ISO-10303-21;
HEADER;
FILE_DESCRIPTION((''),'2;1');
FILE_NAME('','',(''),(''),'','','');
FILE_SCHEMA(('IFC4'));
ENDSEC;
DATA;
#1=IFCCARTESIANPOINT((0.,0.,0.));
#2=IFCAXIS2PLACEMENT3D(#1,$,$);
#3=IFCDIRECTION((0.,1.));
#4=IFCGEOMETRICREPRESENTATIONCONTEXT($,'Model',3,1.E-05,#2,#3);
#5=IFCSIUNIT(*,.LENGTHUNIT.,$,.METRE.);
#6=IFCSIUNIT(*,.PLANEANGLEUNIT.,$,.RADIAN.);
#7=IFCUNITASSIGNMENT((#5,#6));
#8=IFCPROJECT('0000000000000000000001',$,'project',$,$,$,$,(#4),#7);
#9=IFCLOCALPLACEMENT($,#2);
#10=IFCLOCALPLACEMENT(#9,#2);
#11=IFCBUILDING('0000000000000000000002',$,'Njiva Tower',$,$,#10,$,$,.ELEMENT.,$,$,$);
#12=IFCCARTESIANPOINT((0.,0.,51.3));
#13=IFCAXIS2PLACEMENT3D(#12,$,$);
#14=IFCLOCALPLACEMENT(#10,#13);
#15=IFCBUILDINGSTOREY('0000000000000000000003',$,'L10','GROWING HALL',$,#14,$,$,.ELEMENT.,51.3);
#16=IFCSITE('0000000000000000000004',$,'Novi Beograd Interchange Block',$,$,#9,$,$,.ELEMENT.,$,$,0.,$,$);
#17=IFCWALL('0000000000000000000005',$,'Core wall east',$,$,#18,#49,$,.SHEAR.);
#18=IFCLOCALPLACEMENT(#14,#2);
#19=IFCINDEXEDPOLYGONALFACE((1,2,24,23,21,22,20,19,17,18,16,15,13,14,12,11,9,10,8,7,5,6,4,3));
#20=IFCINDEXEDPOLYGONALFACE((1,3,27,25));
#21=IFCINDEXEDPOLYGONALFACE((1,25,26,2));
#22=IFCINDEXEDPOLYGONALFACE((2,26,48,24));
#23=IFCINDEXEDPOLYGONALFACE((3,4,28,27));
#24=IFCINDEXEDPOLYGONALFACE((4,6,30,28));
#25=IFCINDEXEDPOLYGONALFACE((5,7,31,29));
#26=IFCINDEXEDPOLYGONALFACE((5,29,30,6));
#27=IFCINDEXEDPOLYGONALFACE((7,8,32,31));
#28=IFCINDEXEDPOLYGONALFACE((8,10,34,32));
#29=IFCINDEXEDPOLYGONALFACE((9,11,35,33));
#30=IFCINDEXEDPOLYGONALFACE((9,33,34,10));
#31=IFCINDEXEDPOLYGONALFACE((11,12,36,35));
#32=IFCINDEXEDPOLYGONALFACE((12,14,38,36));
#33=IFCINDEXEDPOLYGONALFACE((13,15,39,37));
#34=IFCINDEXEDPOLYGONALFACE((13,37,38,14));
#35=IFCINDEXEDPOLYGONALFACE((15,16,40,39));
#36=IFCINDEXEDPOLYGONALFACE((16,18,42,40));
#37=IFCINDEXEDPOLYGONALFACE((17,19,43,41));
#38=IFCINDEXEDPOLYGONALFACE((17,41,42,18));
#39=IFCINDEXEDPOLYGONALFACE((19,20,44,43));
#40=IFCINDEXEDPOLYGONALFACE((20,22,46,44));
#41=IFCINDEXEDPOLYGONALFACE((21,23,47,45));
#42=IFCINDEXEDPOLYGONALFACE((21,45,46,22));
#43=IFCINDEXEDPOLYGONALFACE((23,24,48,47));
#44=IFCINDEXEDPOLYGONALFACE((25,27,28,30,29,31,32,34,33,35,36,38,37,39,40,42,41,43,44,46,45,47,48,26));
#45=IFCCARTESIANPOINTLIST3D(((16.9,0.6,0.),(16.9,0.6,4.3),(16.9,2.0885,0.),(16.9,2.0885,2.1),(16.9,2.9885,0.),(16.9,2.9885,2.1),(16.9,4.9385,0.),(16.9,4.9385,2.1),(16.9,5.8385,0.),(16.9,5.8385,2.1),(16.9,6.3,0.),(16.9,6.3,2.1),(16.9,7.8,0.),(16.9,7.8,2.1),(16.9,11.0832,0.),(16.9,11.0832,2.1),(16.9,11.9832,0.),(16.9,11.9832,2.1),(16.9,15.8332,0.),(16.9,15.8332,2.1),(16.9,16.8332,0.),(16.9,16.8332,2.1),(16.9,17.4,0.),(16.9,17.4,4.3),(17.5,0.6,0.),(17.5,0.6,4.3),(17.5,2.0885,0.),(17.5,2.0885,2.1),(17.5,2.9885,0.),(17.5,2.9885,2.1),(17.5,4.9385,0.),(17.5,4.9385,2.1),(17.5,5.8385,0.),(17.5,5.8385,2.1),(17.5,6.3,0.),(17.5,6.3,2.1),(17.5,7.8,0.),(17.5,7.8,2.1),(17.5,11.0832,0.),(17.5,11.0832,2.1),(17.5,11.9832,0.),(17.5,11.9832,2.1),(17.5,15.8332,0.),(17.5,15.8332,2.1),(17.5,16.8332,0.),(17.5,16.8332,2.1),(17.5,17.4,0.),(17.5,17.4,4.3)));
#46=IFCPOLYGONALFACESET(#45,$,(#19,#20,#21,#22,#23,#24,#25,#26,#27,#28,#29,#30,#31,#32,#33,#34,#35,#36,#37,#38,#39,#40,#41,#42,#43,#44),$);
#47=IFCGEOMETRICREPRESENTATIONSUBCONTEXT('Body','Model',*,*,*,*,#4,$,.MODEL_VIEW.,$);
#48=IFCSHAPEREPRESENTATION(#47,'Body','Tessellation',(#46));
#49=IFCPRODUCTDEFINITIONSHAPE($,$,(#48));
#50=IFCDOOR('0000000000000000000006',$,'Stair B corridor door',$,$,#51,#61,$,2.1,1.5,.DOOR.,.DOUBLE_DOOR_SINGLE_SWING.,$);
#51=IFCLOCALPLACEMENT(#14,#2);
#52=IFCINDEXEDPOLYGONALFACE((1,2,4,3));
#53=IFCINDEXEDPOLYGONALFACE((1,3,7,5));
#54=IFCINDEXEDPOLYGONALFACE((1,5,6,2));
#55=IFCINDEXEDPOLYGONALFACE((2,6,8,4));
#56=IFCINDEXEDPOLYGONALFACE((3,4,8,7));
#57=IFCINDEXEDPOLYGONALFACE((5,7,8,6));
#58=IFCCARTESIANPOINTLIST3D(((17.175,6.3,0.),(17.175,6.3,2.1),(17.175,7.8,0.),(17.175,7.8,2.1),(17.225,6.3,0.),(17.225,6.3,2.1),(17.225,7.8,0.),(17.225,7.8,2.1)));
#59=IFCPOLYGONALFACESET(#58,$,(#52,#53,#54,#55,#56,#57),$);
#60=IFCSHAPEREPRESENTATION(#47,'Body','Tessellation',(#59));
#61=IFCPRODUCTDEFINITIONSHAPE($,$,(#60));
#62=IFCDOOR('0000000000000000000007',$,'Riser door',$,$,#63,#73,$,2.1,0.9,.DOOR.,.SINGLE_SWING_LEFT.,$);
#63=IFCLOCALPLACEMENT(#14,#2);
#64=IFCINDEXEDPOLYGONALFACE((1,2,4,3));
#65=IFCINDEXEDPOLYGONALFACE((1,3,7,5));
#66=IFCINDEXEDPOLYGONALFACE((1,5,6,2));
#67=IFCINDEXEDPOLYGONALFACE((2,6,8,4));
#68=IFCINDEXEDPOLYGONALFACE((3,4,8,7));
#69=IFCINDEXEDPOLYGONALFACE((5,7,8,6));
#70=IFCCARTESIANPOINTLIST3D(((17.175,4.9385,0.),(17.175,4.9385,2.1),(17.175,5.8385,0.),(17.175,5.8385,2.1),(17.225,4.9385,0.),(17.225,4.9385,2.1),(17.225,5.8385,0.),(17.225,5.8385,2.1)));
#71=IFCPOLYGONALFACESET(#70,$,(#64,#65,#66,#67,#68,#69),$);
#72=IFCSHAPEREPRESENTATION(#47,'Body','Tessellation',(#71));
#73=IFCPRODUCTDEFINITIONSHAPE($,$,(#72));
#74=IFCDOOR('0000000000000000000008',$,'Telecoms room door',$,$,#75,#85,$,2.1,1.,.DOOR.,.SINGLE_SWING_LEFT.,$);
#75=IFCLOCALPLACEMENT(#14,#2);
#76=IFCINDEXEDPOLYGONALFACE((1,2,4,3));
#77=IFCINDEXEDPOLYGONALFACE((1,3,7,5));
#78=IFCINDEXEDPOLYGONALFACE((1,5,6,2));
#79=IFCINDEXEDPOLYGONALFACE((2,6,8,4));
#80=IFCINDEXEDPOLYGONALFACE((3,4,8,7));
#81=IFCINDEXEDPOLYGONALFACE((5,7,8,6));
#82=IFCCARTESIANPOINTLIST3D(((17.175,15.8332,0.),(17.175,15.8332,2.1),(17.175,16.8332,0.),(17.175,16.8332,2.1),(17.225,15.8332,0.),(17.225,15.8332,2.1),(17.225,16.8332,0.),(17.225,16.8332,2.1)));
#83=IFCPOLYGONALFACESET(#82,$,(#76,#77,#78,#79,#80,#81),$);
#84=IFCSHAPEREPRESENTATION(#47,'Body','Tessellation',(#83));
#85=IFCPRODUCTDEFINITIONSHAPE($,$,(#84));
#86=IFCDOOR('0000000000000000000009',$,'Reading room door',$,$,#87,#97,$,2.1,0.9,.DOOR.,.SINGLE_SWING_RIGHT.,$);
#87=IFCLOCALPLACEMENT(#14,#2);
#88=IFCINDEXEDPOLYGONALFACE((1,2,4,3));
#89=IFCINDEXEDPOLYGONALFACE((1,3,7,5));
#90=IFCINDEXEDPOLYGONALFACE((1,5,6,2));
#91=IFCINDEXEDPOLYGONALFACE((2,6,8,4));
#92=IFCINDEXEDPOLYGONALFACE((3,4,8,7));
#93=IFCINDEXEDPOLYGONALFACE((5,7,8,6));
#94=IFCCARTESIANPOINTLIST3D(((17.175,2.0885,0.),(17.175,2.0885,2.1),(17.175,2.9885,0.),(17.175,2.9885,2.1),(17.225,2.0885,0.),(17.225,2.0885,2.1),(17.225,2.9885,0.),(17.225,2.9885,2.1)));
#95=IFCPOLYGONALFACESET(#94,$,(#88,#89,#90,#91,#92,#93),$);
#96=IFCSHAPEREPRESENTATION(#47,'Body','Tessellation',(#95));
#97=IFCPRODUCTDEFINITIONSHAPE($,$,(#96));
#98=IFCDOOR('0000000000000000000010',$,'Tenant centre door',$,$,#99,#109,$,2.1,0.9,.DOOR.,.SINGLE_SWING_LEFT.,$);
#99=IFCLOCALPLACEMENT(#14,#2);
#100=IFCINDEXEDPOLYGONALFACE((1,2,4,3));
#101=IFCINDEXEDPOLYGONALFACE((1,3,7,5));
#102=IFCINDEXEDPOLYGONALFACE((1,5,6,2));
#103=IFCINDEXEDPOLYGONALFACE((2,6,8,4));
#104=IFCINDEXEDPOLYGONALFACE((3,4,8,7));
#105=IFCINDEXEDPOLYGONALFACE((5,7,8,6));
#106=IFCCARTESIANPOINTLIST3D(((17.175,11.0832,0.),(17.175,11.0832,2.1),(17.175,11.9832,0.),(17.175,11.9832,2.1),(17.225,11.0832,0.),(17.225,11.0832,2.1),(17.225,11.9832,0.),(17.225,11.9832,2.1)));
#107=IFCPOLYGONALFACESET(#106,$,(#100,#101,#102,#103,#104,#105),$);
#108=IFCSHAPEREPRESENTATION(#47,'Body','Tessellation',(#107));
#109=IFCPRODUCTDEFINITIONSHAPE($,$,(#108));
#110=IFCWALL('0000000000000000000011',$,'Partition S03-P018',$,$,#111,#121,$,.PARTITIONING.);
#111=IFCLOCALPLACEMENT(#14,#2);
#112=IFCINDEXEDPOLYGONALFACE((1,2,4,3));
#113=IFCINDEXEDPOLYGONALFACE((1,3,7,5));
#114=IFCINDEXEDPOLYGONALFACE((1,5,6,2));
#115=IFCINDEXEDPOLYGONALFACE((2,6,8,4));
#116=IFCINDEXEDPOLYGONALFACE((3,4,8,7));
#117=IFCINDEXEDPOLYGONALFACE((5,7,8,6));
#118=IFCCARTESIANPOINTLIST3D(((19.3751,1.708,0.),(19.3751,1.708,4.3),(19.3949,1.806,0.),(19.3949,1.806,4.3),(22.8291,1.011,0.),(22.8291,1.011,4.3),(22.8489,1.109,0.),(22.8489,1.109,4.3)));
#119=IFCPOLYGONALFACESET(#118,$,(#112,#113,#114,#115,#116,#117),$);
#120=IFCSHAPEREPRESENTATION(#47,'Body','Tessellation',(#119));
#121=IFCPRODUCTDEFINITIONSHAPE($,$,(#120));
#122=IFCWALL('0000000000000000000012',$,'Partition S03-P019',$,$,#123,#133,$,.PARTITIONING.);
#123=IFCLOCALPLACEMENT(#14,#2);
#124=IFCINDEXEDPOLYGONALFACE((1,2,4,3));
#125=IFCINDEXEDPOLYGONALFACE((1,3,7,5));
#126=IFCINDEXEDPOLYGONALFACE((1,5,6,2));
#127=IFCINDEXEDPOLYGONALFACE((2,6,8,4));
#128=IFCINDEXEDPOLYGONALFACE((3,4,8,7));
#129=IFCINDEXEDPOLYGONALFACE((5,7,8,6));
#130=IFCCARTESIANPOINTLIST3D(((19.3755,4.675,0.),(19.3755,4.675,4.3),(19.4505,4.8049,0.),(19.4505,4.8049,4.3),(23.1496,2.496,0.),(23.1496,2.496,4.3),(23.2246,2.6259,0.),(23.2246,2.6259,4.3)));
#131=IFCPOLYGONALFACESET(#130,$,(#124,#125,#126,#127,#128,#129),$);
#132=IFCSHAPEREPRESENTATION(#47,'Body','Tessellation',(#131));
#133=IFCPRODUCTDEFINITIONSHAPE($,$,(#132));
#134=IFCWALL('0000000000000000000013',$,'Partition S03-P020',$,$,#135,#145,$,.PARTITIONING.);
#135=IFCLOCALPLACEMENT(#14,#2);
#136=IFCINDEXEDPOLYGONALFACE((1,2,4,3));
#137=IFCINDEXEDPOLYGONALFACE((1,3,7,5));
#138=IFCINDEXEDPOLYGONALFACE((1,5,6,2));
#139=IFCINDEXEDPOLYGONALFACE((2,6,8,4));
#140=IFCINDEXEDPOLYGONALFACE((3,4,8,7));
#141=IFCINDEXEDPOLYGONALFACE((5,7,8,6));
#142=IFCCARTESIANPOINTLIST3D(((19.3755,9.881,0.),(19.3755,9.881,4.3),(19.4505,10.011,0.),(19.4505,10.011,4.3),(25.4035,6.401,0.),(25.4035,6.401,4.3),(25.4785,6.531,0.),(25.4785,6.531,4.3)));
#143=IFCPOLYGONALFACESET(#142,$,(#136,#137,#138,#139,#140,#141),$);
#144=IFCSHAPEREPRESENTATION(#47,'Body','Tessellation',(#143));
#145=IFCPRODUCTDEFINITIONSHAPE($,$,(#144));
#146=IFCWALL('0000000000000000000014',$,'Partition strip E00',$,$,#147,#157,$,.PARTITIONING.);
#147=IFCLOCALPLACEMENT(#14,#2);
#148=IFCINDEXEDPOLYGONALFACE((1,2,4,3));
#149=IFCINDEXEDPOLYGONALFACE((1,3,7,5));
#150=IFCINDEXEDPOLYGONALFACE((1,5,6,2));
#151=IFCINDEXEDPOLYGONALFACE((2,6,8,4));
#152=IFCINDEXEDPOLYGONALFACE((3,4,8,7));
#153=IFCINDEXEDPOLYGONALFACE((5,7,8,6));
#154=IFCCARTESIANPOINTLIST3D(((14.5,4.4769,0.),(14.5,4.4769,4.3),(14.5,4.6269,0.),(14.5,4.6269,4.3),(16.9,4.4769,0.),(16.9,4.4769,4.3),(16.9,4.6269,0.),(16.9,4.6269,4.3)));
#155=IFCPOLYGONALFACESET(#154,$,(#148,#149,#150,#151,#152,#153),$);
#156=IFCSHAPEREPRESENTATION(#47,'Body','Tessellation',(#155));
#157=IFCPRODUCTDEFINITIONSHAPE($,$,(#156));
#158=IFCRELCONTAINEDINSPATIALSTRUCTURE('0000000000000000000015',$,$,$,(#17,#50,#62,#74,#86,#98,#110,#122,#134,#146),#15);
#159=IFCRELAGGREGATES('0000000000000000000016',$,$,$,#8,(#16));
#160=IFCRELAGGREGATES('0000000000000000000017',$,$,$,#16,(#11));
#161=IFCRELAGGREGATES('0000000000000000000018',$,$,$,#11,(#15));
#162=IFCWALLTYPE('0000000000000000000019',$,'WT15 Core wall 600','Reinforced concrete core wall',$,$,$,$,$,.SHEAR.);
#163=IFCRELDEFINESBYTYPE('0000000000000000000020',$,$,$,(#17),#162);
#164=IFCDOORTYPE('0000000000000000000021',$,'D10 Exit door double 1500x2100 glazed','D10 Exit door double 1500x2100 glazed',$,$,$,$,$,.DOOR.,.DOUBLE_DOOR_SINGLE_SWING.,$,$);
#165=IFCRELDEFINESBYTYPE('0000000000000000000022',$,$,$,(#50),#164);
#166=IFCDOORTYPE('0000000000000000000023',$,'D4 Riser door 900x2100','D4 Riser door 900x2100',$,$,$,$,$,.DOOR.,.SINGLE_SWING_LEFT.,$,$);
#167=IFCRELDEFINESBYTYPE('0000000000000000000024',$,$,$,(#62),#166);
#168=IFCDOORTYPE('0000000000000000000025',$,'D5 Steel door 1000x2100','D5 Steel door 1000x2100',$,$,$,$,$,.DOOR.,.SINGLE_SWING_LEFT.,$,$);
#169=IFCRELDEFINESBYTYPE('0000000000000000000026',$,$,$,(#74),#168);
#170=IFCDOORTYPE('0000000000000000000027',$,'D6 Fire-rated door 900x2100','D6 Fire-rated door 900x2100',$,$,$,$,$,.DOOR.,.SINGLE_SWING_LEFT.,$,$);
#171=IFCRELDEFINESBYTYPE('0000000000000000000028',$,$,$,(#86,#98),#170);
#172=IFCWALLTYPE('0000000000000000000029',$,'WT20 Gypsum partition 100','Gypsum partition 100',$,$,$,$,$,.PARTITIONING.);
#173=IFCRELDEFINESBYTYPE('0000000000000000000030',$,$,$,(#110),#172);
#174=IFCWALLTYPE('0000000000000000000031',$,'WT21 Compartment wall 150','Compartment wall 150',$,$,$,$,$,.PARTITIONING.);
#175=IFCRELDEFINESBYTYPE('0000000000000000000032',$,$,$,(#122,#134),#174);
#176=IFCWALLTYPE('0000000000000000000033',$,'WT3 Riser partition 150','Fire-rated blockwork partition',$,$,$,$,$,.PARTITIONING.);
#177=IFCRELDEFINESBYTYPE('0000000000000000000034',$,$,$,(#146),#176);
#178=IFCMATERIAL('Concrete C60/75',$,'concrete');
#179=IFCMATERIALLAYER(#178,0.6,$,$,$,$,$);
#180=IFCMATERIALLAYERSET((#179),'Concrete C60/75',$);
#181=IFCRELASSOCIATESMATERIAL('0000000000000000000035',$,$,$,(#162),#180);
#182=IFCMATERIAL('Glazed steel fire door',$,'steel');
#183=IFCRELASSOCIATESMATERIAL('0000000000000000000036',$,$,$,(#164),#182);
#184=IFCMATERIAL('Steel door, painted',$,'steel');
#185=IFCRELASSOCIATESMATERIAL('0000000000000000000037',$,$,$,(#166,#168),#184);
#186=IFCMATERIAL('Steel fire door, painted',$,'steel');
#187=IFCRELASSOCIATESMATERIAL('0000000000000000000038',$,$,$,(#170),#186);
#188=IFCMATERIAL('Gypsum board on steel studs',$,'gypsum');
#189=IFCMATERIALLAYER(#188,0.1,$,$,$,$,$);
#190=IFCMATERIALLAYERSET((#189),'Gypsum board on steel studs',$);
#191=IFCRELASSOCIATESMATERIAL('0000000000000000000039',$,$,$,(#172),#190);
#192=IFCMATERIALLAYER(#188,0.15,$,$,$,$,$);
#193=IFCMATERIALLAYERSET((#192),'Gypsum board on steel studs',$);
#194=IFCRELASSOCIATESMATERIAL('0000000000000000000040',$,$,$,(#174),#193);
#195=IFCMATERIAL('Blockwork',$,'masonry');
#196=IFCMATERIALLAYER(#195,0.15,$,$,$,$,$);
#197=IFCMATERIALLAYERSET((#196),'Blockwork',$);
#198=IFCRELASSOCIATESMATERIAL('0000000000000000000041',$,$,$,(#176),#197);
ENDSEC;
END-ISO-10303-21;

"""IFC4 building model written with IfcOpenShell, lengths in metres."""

from ifc_helpers import new_model, si_unit, direction, frame, frame_2d, origin, place, context, subcontext, project, spatial, rectangle, extrude, material, layer, layer_set, type_object, element, fill, save


model = new_model("IFC4")

# Units and contexts
model_context = context("Model", 3, precision=1e-05, world=origin(), true_north=direction((0.0, 1.0)))
body_context = subcontext(model_context, "Body", "Model", "MODEL_VIEW")
ifc_project = project(units=[si_unit("LENGTHUNIT", "METRE"), si_unit("PLANEANGLEUNIT", "RADIAN")], contexts=[model_context])

# Site, building, storey
site_placement = place(None, origin())
site = spatial("IfcSite", under=ifc_project, at=site_placement, Name="Novi Beograd Interchange Block", CompositionType="ELEMENT", RefElevation=0.0)
building_placement = place(site_placement, origin())
building = spatial("IfcBuilding", under=site, at=building_placement, Name="Njiva Tower", CompositionType="ELEMENT")
storey_placement = place(building_placement, frame((0.0, 0.0, 51.3)))
storey = spatial("IfcBuildingStorey", under=building, at=storey_placement, Name="L10", Description="GROWING HALL", CompositionType="ELEMENT", Elevation=51.3)

# Wall, openings, doors
ifc_material_1 = material(Name="Concrete C60/75", Category="concrete")
ifc_layer_1 = layer(ifc_material_1, 0.6)
ifc_layer_set_1 = layer_set([ifc_layer_1], Name="Concrete C60/75")
wall_type_1 = type_object("IfcWallType", Name="WT15 Core wall 600", Description="Reinforced concrete core wall", PredefinedType="SHEAR", material=ifc_layer_set_1)
wall_1_placement = place(storey_placement, frame((17.2, 0.6, 0.0), z_axis=(0.0, 0.0, 1.0), x_axis=(0.0, 1.0, 0.0)))
wall_1 = element("IfcWall", 1, at=wall_1_placement, inside=storey, type_object=wall_type_1, Name="Core wall east", PredefinedType="SHEAR", context=body_context, shape_type="SweptSolid", body=[
    extrude(rectangle(XDim=16.8, YDim=0.6, at=frame_2d((8.4, 0.0))), origin(), (0.0, 0.0, 1.0), 4.3),
])
opening_1_placement = place(wall_1_placement, frame((5.7, 0.0, 0.0)))
opening_1 = element("IfcOpeningElement", 2, at=opening_1_placement, cuts=wall_1, PredefinedType="OPENING", context=body_context, shape_type="SweptSolid", body=[
    extrude(rectangle(XDim=1.5, YDim=2.1, at=frame_2d((0.75, 1.05))), frame((0.0, 0.31, 0.0), z_axis=(0.0, -1.0, 0.0), x_axis=(1.0, 0.0, 0.0)), (0.0, 0.0, 1.0), 0.62),
])
opening_2_placement = place(wall_1_placement, frame((1.4885, 0.0, 0.0)))
opening_2 = element("IfcOpeningElement", 3, at=opening_2_placement, cuts=wall_1, PredefinedType="OPENING", context=body_context, shape_type="SweptSolid", body=[
    extrude(rectangle(XDim=0.9, YDim=2.1, at=frame_2d((0.45, 1.05))), frame((0.0, 0.31, 0.0), z_axis=(0.0, -1.0, 0.0), x_axis=(1.0, 0.0, 0.0)), (0.0, 0.0, 1.0), 0.62),
])
opening_3_placement = place(wall_1_placement, frame((4.3385, 0.0, 0.0)))
opening_3 = element("IfcOpeningElement", 4, at=opening_3_placement, cuts=wall_1, PredefinedType="OPENING", context=body_context, shape_type="SweptSolid", body=[
    extrude(rectangle(XDim=0.9, YDim=2.1, at=frame_2d((0.45, 1.05))), frame((0.0, 0.31, 0.0), z_axis=(0.0, -1.0, 0.0), x_axis=(1.0, 0.0, 0.0)), (0.0, 0.0, 1.0), 0.62),
])
opening_4_placement = place(wall_1_placement, frame((10.4832, 0.0, 0.0)))
opening_4 = element("IfcOpeningElement", 5, at=opening_4_placement, cuts=wall_1, PredefinedType="OPENING", context=body_context, shape_type="SweptSolid", body=[
    extrude(rectangle(XDim=0.9, YDim=2.1, at=frame_2d((0.45, 1.05))), frame((0.0, 0.31, 0.0), z_axis=(0.0, -1.0, 0.0), x_axis=(1.0, 0.0, 0.0)), (0.0, 0.0, 1.0), 0.62),
])
opening_5_placement = place(wall_1_placement, frame((15.2332, 0.0, 0.0)))
opening_5 = element("IfcOpeningElement", 6, at=opening_5_placement, cuts=wall_1, PredefinedType="OPENING", context=body_context, shape_type="SweptSolid", body=[
    extrude(rectangle(XDim=1.0, YDim=2.1, at=frame_2d((0.5, 1.05))), frame((0.0, 0.31, 0.0), z_axis=(0.0, -1.0, 0.0), x_axis=(1.0, 0.0, 0.0)), (0.0, 0.0, 1.0), 0.62),
])
ifc_material_2 = material(Name="Glazed steel fire door", Category="steel")
door_type_1 = type_object("IfcDoorType", Name="D10 Exit door double 1500x2100 glazed", Description="D10 Exit door double 1500x2100 glazed", OperationType="DOUBLE_DOOR_SINGLE_SWING", PredefinedType="DOOR", material=ifc_material_2)
door_1_placement = place(opening_1_placement, origin())
door_1 = element("IfcDoor", 7, at=door_1_placement, inside=storey, type_object=door_type_1, Name="Stair B corridor door", OperationType="DOUBLE_DOOR_SINGLE_SWING", OverallHeight=2.1, OverallWidth=1.5, PredefinedType="DOOR", context=body_context, shape_type="SweptSolid", body=[
    extrude(rectangle(XDim=1.5, YDim=2.1, at=frame_2d((0.75, 1.05))), frame((0.0, 0.025, 0.0), z_axis=(0.0, -1.0, 0.0), x_axis=(1.0, 0.0, 0.0)), (0.0, 0.0, 1.0), 0.05),
])
fill(opening_1, door_1)
ifc_material_3 = material(Name="Steel door, painted", Category="steel")
door_type_2 = type_object("IfcDoorType", Name="D4 Riser door 900x2100", Description="D4 Riser door 900x2100", OperationType="SINGLE_SWING_LEFT", PredefinedType="DOOR", material=ifc_material_3)
door_2_placement = place(opening_3_placement, origin())
door_2 = element("IfcDoor", 8, at=door_2_placement, inside=storey, type_object=door_type_2, Name="Riser door", OperationType="SINGLE_SWING_LEFT", OverallHeight=2.1, OverallWidth=0.9, PredefinedType="DOOR", context=body_context, shape_type="SweptSolid", body=[
    extrude(rectangle(XDim=0.9, YDim=2.1, at=frame_2d((0.45, 1.05))), frame((0.0, 0.025, 0.0), z_axis=(0.0, -1.0, 0.0), x_axis=(1.0, 0.0, 0.0)), (0.0, 0.0, 1.0), 0.05),
])
fill(opening_3, door_2)
door_type_3 = type_object("IfcDoorType", Name="D5 Steel door 1000x2100", Description="D5 Steel door 1000x2100", OperationType="SINGLE_SWING_LEFT", PredefinedType="DOOR", material=ifc_material_3)
door_3_placement = place(opening_5_placement, origin())
door_3 = element("IfcDoor", 9, at=door_3_placement, inside=storey, type_object=door_type_3, Name="Telecoms room door", OperationType="SINGLE_SWING_LEFT", OverallHeight=2.1, OverallWidth=1.0, PredefinedType="DOOR", context=body_context, shape_type="SweptSolid", body=[
    extrude(rectangle(XDim=1.0, YDim=2.1, at=frame_2d((0.5, 1.05))), frame((0.0, 0.025, 0.0), z_axis=(0.0, -1.0, 0.0), x_axis=(1.0, 0.0, 0.0)), (0.0, 0.0, 1.0), 0.05),
])
fill(opening_5, door_3)
ifc_material_4 = material(Name="Steel fire door, painted", Category="steel")
door_type_4 = type_object("IfcDoorType", Name="D6 Fire-rated door 900x2100", Description="D6 Fire-rated door 900x2100", OperationType="SINGLE_SWING_LEFT", PredefinedType="DOOR", material=ifc_material_4)
door_4_placement = place(opening_2_placement, origin())
door_4 = element("IfcDoor", 10, at=door_4_placement, inside=storey, type_object=door_type_4, Name="Reading room door", OperationType="SINGLE_SWING_RIGHT", OverallHeight=2.1, OverallWidth=0.9, PredefinedType="DOOR", context=body_context, shape_type="SweptSolid", body=[
    extrude(rectangle(XDim=0.9, YDim=2.1, at=frame_2d((0.45, 1.05))), frame((0.0, 0.025, 0.0), z_axis=(0.0, -1.0, 0.0), x_axis=(1.0, 0.0, 0.0)), (0.0, 0.0, 1.0), 0.05),
])
fill(opening_2, door_4)
door_5_placement = place(opening_4_placement, origin())
door_5 = element("IfcDoor", 11, at=door_5_placement, inside=storey, type_object=door_type_4, Name="Tenant centre door", OperationType="SINGLE_SWING_LEFT", OverallHeight=2.1, OverallWidth=0.9, PredefinedType="DOOR", context=body_context, shape_type="SweptSolid", body=[
    extrude(rectangle(XDim=0.9, YDim=2.1, at=frame_2d((0.45, 1.05))), frame((0.0, 0.025, 0.0), z_axis=(0.0, -1.0, 0.0), x_axis=(1.0, 0.0, 0.0)), (0.0, 0.0, 1.0), 0.05),
])
fill(opening_4, door_5)

# Walls
ifc_material_5 = material(Name="Gypsum board on steel studs", Category="gypsum")
ifc_layer_2 = layer(ifc_material_5, 0.1)
ifc_layer_set_2 = layer_set([ifc_layer_2], Name="Gypsum board on steel studs")
wall_type_2 = type_object("IfcWallType", Name="WT20 Gypsum partition 100", Description="Gypsum partition 100", PredefinedType="PARTITIONING", material=ifc_layer_set_2)
wall_2_placement = place(storey_placement, frame((19.385, 1.757, 0.0), z_axis=(0.0, 0.0, 1.0), x_axis=(0.980241, -0.197808, 0.0)))
element("IfcWall", 12, at=wall_2_placement, inside=storey, type_object=wall_type_2, Name="Partition S03-P018", PredefinedType="PARTITIONING", context=body_context, shape_type="SweptSolid", body=[
    extrude(rectangle(XDim=3.5236, YDim=0.1, at=frame_2d((1.7618, 0.0))), origin(), (0.0, 0.0, 1.0), 4.3),
])
ifc_layer_3 = layer(ifc_material_5, 0.15)
ifc_layer_set_3 = layer_set([ifc_layer_3], Name="Gypsum board on steel studs")
wall_type_3 = type_object("IfcWallType", Name="WT21 Compartment wall 150", Description="Compartment wall 150", PredefinedType="PARTITIONING", material=ifc_layer_set_3)
wall_3_placement = place(storey_placement, frame((19.413, 4.74, 0.0), z_axis=(0.0, 0.0, 1.0), x_axis=(0.866017, -0.500014, 0.0)))
element("IfcWall", 13, at=wall_3_placement, inside=storey, type_object=wall_type_3, Name="Partition S03-P019", PredefinedType="PARTITIONING", context=body_context, shape_type="SweptSolid", body=[
    extrude(rectangle(XDim=4.3579, YDim=0.15, at=frame_2d((2.179, 0.0))), origin(), (0.0, 0.0, 1.0), 4.3),
])
wall_4_placement = place(storey_placement, frame((19.413, 9.946, 0.0), z_axis=(0.0, 0.0, 1.0), x_axis=(0.866042, -0.499971, 0.0)))
element("IfcWall", 14, at=wall_4_placement, inside=storey, type_object=wall_type_3, Name="Partition S03-P020", PredefinedType="PARTITIONING", context=body_context, shape_type="SweptSolid", body=[
    extrude(rectangle(XDim=6.9604, YDim=0.15, at=frame_2d((3.4802, 0.0))), origin(), (0.0, 0.0, 1.0), 4.3),
])
ifc_material_6 = material(Name="Blockwork", Category="masonry")
ifc_layer_4 = layer(ifc_material_6, 0.15)
ifc_layer_set_4 = layer_set([ifc_layer_4], Name="Blockwork")
wall_type_4 = type_object("IfcWallType", Name="WT3 Riser partition 150", Description="Fire-rated blockwork partition", PredefinedType="PARTITIONING", material=ifc_layer_set_4)
wall_5_placement = place(storey_placement, frame((14.5, 4.5519, 0.0), z_axis=(0.0, 0.0, 1.0), x_axis=(1.0, 0.0, 0.0)))
element("IfcWall", 15, at=wall_5_placement, inside=storey, type_object=wall_type_4, Name="Partition strip E00", PredefinedType="PARTITIONING", context=body_context, shape_type="SweptSolid", body=[
    extrude(rectangle(XDim=2.4, YDim=0.15, at=frame_2d((1.2, 0.0))), origin(), (0.0, 0.0, 1.0), 4.3),
])

save(model, "model.ifc")
